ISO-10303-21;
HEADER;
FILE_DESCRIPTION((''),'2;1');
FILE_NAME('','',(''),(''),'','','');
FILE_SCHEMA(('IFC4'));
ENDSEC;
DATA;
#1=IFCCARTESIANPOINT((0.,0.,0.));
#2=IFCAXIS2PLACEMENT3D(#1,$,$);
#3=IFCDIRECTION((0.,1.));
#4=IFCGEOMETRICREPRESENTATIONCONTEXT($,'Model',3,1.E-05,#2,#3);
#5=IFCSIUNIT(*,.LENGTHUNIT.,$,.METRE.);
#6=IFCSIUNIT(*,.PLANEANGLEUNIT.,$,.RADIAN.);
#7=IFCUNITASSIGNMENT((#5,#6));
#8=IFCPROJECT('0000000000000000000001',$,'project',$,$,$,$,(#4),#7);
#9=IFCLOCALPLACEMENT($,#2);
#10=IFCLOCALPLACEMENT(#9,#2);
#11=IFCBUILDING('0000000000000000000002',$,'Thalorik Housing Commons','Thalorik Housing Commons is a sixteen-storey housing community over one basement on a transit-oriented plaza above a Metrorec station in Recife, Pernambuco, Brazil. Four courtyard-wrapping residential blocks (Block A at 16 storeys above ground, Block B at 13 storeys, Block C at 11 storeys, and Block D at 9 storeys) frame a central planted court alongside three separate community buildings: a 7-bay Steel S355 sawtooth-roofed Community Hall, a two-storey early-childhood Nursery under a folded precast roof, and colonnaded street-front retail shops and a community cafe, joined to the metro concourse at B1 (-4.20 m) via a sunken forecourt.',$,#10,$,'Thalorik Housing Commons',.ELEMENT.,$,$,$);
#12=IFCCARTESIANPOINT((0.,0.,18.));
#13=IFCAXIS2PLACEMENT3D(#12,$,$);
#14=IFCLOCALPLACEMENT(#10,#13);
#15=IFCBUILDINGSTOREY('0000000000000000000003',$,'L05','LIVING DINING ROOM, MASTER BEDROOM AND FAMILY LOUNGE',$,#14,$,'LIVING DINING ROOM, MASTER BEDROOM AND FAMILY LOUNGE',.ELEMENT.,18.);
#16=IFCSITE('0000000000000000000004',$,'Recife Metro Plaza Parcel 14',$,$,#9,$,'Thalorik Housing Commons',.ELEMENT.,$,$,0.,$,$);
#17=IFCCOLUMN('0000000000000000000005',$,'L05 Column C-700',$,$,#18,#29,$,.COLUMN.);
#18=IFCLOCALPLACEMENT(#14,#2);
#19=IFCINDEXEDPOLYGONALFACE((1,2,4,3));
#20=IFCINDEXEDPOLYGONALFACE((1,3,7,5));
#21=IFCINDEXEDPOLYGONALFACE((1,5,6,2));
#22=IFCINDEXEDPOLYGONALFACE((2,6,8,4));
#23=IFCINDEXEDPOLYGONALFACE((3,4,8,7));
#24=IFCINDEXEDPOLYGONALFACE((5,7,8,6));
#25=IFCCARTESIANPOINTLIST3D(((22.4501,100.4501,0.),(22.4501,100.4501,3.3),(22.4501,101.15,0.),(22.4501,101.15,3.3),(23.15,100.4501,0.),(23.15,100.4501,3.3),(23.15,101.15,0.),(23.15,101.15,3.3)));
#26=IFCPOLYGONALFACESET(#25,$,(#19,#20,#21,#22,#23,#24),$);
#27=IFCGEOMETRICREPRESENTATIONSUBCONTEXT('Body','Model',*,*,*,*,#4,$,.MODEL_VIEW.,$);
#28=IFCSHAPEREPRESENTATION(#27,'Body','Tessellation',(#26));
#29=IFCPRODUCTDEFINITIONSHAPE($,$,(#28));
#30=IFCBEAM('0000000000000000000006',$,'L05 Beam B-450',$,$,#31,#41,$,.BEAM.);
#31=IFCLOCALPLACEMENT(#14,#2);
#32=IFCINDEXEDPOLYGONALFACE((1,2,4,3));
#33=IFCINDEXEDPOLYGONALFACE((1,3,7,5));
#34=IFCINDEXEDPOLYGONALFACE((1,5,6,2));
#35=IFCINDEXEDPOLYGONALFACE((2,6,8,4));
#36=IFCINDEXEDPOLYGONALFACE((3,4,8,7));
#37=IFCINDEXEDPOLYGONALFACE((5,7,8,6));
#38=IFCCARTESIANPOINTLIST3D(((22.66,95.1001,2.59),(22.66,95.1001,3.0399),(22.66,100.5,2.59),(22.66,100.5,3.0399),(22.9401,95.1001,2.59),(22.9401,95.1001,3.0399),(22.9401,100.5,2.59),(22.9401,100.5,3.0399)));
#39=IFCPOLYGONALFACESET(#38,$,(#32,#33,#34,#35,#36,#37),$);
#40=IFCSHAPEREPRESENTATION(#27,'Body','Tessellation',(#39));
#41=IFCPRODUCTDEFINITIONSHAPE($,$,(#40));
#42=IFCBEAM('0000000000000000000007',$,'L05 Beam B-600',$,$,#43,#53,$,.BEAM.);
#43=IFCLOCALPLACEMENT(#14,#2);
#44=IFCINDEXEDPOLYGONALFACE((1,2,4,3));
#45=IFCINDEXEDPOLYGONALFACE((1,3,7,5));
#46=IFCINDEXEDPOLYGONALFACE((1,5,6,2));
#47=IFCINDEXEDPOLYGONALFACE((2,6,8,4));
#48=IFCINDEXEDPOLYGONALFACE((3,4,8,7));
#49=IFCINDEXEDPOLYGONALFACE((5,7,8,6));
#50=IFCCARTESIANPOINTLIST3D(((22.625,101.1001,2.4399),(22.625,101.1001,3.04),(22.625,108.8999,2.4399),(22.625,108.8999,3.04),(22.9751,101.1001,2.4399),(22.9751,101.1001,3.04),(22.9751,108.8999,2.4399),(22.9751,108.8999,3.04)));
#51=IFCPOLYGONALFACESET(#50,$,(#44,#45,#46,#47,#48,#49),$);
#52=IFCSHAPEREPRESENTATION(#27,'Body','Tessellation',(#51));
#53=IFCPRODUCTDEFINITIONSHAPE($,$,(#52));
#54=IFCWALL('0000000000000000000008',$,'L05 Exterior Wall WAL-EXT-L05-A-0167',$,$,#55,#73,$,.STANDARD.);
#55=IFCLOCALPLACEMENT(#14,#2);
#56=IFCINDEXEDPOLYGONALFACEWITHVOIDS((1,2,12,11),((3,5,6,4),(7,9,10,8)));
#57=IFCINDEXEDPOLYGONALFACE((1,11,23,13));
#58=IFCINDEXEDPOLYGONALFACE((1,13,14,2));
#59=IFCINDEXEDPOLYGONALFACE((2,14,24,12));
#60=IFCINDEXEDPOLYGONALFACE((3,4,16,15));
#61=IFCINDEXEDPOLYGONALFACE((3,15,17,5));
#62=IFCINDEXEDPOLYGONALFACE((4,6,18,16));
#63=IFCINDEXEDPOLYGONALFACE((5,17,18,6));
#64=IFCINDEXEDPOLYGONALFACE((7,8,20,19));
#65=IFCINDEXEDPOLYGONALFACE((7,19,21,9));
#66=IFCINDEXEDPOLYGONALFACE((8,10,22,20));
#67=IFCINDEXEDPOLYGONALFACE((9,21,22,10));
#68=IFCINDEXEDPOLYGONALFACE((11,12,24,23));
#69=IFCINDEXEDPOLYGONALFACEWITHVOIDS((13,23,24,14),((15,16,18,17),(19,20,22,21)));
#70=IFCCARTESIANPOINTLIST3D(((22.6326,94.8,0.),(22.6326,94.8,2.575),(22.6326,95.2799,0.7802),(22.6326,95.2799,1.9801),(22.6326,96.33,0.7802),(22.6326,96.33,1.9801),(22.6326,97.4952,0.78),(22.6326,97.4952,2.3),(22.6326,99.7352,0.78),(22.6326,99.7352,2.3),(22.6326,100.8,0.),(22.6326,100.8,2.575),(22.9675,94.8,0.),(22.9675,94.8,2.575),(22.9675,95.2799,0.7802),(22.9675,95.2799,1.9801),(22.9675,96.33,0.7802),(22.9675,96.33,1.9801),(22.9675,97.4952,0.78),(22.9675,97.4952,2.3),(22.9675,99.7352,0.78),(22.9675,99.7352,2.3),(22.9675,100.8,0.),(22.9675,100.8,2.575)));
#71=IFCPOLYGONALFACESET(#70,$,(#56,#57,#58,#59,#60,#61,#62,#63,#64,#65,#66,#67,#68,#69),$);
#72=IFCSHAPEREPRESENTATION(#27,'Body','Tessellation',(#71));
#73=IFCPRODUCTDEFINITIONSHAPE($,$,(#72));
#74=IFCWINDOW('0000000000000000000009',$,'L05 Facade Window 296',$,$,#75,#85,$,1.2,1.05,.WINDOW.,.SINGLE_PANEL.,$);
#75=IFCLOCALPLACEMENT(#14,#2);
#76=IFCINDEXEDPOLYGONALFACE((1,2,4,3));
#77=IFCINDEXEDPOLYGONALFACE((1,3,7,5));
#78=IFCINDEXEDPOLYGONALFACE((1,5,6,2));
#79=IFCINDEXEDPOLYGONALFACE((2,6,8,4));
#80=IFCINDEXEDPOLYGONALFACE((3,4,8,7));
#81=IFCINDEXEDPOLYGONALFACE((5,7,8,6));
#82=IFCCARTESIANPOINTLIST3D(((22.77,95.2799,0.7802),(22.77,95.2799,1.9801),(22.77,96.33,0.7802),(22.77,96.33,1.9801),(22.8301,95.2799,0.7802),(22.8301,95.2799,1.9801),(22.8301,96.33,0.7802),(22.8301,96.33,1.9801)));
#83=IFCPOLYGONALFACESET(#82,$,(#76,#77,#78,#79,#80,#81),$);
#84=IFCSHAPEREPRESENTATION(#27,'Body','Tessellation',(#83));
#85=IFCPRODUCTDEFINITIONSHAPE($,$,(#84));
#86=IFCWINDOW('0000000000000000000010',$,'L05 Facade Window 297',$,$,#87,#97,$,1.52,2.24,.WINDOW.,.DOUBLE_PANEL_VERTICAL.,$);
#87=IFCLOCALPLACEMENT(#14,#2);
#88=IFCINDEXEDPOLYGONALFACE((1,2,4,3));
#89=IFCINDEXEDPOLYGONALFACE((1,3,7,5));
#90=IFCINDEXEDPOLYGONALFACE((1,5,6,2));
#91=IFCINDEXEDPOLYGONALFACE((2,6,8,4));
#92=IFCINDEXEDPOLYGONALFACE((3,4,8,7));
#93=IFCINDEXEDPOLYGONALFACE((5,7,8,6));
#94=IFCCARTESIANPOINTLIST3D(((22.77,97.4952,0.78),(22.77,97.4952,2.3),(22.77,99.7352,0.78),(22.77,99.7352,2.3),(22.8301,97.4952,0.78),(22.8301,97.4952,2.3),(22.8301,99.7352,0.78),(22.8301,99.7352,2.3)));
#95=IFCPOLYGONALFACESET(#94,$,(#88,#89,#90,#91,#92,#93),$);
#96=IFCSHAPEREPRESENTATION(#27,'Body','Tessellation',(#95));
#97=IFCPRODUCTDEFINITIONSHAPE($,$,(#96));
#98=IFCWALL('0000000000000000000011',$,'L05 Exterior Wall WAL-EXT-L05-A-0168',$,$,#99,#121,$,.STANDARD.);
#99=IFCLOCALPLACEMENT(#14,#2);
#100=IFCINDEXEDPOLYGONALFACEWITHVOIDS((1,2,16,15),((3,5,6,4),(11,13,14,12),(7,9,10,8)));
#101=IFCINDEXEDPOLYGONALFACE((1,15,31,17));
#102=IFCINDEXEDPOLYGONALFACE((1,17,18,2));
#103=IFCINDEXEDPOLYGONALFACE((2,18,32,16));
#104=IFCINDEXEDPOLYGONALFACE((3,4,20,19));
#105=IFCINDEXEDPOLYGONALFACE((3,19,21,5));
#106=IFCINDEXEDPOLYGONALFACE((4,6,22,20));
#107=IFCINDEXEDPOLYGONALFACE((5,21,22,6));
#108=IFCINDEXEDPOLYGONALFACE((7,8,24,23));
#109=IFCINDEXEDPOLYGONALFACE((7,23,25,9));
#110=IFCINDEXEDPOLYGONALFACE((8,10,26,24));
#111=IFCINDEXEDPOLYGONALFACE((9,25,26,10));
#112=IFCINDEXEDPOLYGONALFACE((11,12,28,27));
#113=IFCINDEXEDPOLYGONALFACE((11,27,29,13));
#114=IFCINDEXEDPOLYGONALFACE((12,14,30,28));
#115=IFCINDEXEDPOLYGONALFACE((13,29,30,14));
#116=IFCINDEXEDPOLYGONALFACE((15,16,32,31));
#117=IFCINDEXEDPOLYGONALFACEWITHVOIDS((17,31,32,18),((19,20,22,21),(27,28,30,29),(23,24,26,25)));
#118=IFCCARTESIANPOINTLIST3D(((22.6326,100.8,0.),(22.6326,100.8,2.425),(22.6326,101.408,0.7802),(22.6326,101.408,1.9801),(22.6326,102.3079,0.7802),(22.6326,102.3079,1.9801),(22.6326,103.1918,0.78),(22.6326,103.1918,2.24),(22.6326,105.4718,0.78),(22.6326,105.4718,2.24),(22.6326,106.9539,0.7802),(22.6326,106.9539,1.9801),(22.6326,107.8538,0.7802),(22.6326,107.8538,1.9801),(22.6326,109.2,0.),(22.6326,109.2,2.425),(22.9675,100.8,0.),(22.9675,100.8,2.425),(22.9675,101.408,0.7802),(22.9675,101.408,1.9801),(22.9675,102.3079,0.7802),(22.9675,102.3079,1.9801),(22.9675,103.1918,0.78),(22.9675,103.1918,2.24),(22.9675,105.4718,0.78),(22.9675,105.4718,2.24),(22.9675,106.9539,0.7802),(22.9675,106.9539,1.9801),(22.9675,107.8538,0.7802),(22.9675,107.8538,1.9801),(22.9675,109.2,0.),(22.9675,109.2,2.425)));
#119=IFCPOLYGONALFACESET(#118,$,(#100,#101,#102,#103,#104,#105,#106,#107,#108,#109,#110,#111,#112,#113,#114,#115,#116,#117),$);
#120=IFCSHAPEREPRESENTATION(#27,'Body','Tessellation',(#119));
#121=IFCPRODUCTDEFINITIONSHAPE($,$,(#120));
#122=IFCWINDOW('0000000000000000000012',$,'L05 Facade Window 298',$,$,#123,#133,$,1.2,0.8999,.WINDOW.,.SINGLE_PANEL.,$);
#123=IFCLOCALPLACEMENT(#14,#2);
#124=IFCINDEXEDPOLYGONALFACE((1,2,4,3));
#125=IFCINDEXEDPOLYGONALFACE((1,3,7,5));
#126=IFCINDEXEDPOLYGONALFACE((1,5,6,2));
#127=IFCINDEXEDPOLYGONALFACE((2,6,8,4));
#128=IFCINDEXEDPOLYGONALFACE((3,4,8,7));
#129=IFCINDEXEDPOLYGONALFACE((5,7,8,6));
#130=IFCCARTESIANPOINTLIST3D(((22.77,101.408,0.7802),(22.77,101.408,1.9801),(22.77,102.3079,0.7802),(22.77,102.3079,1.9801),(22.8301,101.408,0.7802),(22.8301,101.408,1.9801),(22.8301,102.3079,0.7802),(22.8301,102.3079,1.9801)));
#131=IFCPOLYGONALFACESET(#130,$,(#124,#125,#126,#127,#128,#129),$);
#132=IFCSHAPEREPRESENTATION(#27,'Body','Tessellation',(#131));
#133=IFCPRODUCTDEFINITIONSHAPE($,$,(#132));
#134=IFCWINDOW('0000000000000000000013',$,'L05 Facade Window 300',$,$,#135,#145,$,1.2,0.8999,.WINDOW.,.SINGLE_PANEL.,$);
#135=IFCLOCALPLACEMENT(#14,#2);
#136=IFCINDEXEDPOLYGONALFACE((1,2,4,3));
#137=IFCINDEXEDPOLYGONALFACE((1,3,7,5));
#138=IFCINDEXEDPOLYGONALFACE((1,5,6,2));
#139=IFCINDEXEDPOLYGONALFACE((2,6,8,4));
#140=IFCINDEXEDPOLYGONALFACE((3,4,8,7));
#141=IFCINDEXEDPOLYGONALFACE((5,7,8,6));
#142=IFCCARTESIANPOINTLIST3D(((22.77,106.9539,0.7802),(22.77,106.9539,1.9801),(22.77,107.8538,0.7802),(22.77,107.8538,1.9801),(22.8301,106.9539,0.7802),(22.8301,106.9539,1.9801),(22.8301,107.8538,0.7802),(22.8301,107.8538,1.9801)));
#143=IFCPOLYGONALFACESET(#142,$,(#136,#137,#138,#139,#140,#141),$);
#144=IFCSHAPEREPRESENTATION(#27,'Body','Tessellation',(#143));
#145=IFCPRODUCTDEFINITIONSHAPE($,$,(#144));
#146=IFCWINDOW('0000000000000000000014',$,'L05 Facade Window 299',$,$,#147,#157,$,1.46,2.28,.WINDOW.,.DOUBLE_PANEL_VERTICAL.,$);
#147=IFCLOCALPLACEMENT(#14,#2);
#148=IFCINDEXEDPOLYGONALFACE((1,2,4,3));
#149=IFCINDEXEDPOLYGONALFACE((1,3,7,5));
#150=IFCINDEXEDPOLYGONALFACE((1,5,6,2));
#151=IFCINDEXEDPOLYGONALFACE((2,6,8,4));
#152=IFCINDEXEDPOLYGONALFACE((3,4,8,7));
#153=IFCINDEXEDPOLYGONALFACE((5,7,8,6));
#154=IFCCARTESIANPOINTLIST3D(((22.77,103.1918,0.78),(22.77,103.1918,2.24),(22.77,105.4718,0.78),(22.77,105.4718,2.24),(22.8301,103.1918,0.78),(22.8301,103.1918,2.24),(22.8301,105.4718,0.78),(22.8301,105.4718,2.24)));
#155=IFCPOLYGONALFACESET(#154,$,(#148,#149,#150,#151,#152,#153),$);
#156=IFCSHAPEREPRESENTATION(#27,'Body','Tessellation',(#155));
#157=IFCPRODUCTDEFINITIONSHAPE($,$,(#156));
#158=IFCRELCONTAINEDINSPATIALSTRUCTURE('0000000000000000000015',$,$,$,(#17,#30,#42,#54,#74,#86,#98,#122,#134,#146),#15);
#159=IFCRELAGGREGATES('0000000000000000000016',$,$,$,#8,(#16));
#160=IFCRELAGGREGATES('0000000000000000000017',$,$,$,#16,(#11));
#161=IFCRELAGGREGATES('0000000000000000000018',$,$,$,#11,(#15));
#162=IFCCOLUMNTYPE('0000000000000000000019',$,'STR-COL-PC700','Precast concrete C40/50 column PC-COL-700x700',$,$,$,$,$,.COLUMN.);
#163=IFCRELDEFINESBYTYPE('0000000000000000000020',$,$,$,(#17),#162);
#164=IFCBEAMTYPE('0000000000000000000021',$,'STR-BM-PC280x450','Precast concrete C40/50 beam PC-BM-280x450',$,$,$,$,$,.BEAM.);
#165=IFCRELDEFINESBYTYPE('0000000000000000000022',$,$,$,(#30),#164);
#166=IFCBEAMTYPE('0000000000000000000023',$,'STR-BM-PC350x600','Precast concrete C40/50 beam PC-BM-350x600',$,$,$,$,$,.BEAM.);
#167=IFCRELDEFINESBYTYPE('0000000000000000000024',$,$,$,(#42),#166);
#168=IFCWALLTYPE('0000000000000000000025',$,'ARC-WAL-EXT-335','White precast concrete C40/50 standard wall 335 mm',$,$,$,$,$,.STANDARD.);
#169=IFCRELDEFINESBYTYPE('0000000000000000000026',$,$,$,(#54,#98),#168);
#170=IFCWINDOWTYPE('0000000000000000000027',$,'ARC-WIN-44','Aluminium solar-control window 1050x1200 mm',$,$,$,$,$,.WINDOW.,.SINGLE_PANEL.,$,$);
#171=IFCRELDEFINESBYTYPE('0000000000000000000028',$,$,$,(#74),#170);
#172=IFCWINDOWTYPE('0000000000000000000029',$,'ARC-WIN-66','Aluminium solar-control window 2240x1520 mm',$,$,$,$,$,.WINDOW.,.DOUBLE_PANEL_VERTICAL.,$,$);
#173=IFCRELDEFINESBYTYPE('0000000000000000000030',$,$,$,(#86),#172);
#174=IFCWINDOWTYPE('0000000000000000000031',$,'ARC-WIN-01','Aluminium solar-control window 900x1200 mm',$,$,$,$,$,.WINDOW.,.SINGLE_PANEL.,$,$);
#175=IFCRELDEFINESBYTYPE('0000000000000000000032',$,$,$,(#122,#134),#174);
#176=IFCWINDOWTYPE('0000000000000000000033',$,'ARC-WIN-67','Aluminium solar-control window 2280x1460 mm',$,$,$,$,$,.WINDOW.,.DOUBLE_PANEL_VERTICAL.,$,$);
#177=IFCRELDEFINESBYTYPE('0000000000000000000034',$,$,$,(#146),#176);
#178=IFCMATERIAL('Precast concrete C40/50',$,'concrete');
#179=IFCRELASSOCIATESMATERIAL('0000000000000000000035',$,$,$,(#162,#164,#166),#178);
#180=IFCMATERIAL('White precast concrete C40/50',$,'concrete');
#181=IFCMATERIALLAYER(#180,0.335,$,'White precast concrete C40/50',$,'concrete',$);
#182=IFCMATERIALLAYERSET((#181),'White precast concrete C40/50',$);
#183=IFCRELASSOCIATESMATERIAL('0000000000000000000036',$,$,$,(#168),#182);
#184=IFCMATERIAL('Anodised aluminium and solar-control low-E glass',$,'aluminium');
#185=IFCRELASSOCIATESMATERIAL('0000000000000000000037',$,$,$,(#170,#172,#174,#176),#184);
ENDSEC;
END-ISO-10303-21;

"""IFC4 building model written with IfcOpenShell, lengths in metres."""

from ifc_helpers import new_model, si_unit, direction, frame, frame_2d, origin, origin_2d, place, context, subcontext, project, spatial, rectangle, extrude, material, layer, layer_set, material_profile, profile_set, type_object, element, fill, save


model = new_model("IFC4")

# Units and contexts
model_context = context("Model", 3, precision=1e-05, world=origin(), true_north=direction((0.0, 1.0)))
body_context = subcontext(model_context, "Body", "Model", "MODEL_VIEW")
ifc_project = project(units=[si_unit("LENGTHUNIT", "METRE"), si_unit("PLANEANGLEUNIT", "RADIAN")], contexts=[model_context])

# Site, building, storey
site_placement = place(None, origin())
site = spatial("IfcSite", under=ifc_project, at=site_placement, Name="Recife Metro Plaza Parcel 14", LongName="Thalorik Housing Commons", CompositionType="ELEMENT", RefElevation=0.0)
building_placement = place(site_placement, origin())
building = spatial("IfcBuilding", under=site, at=building_placement, Name="Thalorik Housing Commons", Description="Thalorik Housing Commons is a sixteen-storey housing community over one basement on a transit-oriented plaza above a Metrorec station in Recife, Pernambuco, Brazil. Four courtyard-wrapping residential blocks (Block A at 16 storeys above ground, Block B at 13 storeys, Block C at 11 storeys, and Block D at 9 storeys) frame a central planted court alongside three separate community buildings: a 7-bay Steel S355 sawtooth-roofed Community Hall, a two-storey early-childhood Nursery under a folded precast roof, and colonnaded street-front retail shops and a community cafe, joined to the metro concourse at B1 (-4.20 m) via a sunken forecourt.", LongName="Thalorik Housing Commons", CompositionType="ELEMENT")
storey_placement = place(building_placement, frame((0.0, 0.0, 18.0)))
storey = spatial("IfcBuildingStorey", under=building, at=storey_placement, Name="L05", Description="LIVING DINING ROOM, MASTER BEDROOM AND FAMILY LOUNGE", LongName="LIVING DINING ROOM, MASTER BEDROOM AND FAMILY LOUNGE", CompositionType="ELEMENT", Elevation=18.0)

# Column
ifc_material_1 = material(Name="Precast concrete C40/50", Category="concrete")
ifc_material_profile_1 = material_profile(ifc_material_1, rectangle(XDim=0.7, YDim=0.7, at=origin_2d()), Name="PC 700x700", Category="concrete")
ifc_profile_set_1 = profile_set([ifc_material_profile_1], Name="Precast concrete C40/50")
column_type = type_object("IfcColumnType", Name="STR-COL-PC700", Description="Precast concrete C40/50 column PC-COL-700x700", PredefinedType="COLUMN", material=ifc_profile_set_1)
column_placement = place(storey_placement, frame((22.8, 100.8, 0.0), z_axis=(0.0, 0.0, 1.0), x_axis=(1.0, 0.0, 0.0)))
element("IfcColumn", 1, at=column_placement, inside=storey, type_object=column_type, Name="L05 Column C-700", PredefinedType="COLUMN", context=body_context, shape_type="SweptSolid", body=[
    extrude(rectangle(XDim=0.7, YDim=0.7, at=origin_2d()), origin(), (0.0, 0.0, 1.0), 3.3),
])

# Beams
ifc_material_profile_2 = material_profile(ifc_material_1, rectangle(XDim=0.28, YDim=0.45, at=origin_2d()), Name="PC 280x450", Category="concrete")
ifc_profile_set_2 = profile_set([ifc_material_profile_2], Name="Precast concrete C40/50")
beam_type_1 = type_object("IfcBeamType", Name="STR-BM-PC280x450", Description="Precast concrete C40/50 beam PC-BM-280x450", PredefinedType="BEAM", material=ifc_profile_set_2)
beam_1_placement = place(storey_placement, frame((22.8, 95.1001, 2.8149), z_axis=(0.0, 1.0, 0.0), x_axis=(-1.0, 0.0, 0.0)))
element("IfcBeam", 2, at=beam_1_placement, inside=storey, type_object=beam_type_1, Name="L05 Beam B-450", PredefinedType="BEAM", context=body_context, shape_type="SweptSolid", body=[
    extrude(rectangle(XDim=0.28, YDim=0.45, at=origin_2d()), origin(), (0.0, 0.0, 1.0), 5.3999),
])
ifc_material_profile_3 = material_profile(ifc_material_1, rectangle(XDim=0.3501, YDim=0.6001, at=origin_2d()), Name="PC 350x600", Category="concrete")
ifc_profile_set_3 = profile_set([ifc_material_profile_3], Name="Precast concrete C40/50")
beam_type_2 = type_object("IfcBeamType", Name="STR-BM-PC350x600", Description="Precast concrete C40/50 beam PC-BM-350x600", PredefinedType="BEAM", material=ifc_profile_set_3)
beam_2_placement = place(storey_placement, frame((22.8, 101.1001, 2.74), z_axis=(0.0, 1.0, 0.0), x_axis=(-1.0, 0.0, 0.0)))
element("IfcBeam", 3, at=beam_2_placement, inside=storey, type_object=beam_type_2, Name="L05 Beam B-600", PredefinedType="BEAM", context=body_context, shape_type="SweptSolid", body=[
    extrude(rectangle(XDim=0.3501, YDim=0.6001, at=origin_2d()), origin(), (0.0, 0.0, 1.0), 7.7998),
])

# Walls, openings, windows
ifc_material_2 = material(Name="White precast concrete C40/50", Category="concrete")
ifc_layer_1 = layer(ifc_material_2, 0.335, Name="White precast concrete C40/50", Category="concrete")
ifc_layer_set_1 = layer_set([ifc_layer_1], Name="White precast concrete C40/50")
wall_type = type_object("IfcWallType", Name="ARC-WAL-EXT-335", Description="White precast concrete C40/50 standard wall 335 mm", PredefinedType="STANDARD", material=ifc_layer_set_1)
wall_1_placement = place(storey_placement, frame((22.8, 94.8, 0.0), z_axis=(0.0, 0.0, 1.0), x_axis=(0.0, 1.0, 0.0)))
wall_1 = element("IfcWall", 4, at=wall_1_placement, inside=storey, type_object=wall_type, Name="L05 Exterior Wall WAL-EXT-L05-A-0167", PredefinedType="STANDARD", context=body_context, shape_type="SweptSolid", body=[
    extrude(rectangle(XDim=6.0, YDim=0.335, at=frame_2d((3.0, 0.0))), origin(), (0.0, 0.0, 1.0), 2.575),
])
opening_1_placement = place(wall_1_placement, frame((0.48, 0.0, 0.78)))
opening_1 = element("IfcOpeningElement", 5, at=opening_1_placement, cuts=wall_1, PredefinedType="OPENING", context=body_context, shape_type="SweptSolid", body=[
    extrude(rectangle(XDim=1.05, YDim=1.2, at=frame_2d((0.5249, 0.6001))), frame((0.0, 0.1775, 0.0), z_axis=(0.0, -1.0, 0.0), x_axis=(1.0, 0.0, 0.0)), (0.0, 0.0, 1.0), 0.355),
])
opening_2_placement = place(wall_1_placement, frame((2.6951, 0.0, 0.78)))
opening_2 = element("IfcOpeningElement", 6, at=opening_2_placement, cuts=wall_1, PredefinedType="OPENING", context=body_context, shape_type="SweptSolid", body=[
    extrude(rectangle(XDim=2.24, YDim=1.52, at=frame_2d((1.1201, 0.76))), frame((0.0, 0.1775, 0.0), z_axis=(0.0, -1.0, 0.0), x_axis=(1.0, 0.0, 0.0)), (0.0, 0.0, 1.0), 0.355),
])
ifc_material_3 = material(Name="Anodised aluminium and solar-control low-E glass", Category="aluminium")
window_type_1 = type_object("IfcWindowType", Name="ARC-WIN-44", Description="Aluminium solar-control window 1050x1200 mm", PartitioningType="SINGLE_PANEL", PredefinedType="WINDOW", material=ifc_material_3)
window_1_placement = place(opening_1_placement, origin())
window_1 = element("IfcWindow", 7, at=window_1_placement, inside=storey, type_object=window_type_1, Name="L05 Facade Window 296", OverallHeight=1.2, OverallWidth=1.05, PartitioningType="SINGLE_PANEL", PredefinedType="WINDOW", context=body_context, shape_type="SweptSolid", body=[
    extrude(rectangle(XDim=1.05, YDim=1.2, at=frame_2d((0.5249, 0.6001))), frame((0.0, 0.03, 0.0), z_axis=(0.0, -1.0, 0.0), x_axis=(1.0, 0.0, 0.0)), (0.0, 0.0, 1.0), 0.0601),
])
fill(opening_1, window_1)
window_type_2 = type_object("IfcWindowType", Name="ARC-WIN-66", Description="Aluminium solar-control window 2240x1520 mm", PartitioningType="DOUBLE_PANEL_VERTICAL", PredefinedType="WINDOW", material=ifc_material_3)
window_2_placement = place(opening_2_placement, origin())
window_2 = element("IfcWindow", 8, at=window_2_placement, inside=storey, type_object=window_type_2, Name="L05 Facade Window 297", OverallHeight=1.52, OverallWidth=2.24, PartitioningType="DOUBLE_PANEL_VERTICAL", PredefinedType="WINDOW", context=body_context, shape_type="SweptSolid", body=[
    extrude(rectangle(XDim=2.24, YDim=1.52, at=frame_2d((1.1201, 0.76))), frame((0.0, 0.03, 0.0), z_axis=(0.0, -1.0, 0.0), x_axis=(1.0, 0.0, 0.0)), (0.0, 0.0, 1.0), 0.0601),
])
fill(opening_2, window_2)
wall_2_placement = place(storey_placement, frame((22.8, 100.8, 0.0), z_axis=(0.0, 0.0, 1.0), x_axis=(0.0, 1.0, 0.0)))
wall_2 = element("IfcWall", 9, at=wall_2_placement, inside=storey, type_object=wall_type, Name="L05 Exterior Wall WAL-EXT-L05-A-0168", PredefinedType="STANDARD", context=body_context, shape_type="SweptSolid", body=[
    extrude(rectangle(XDim=8.3999, YDim=0.335, at=frame_2d((4.2, 0.0))), origin(), (0.0, 0.0, 1.0), 2.425),
])
opening_3_placement = place(wall_2_placement, frame((0.6079, 0.0, 0.78)))
opening_3 = element("IfcOpeningElement", 10, at=opening_3_placement, cuts=wall_2, PredefinedType="OPENING", context=body_context, shape_type="SweptSolid", body=[
    extrude(rectangle(XDim=0.8999, YDim=1.2, at=frame_2d((0.45, 0.6001))), frame((0.0, 0.1775, 0.0), z_axis=(0.0, -1.0, 0.0), x_axis=(1.0, 0.0, 0.0)), (0.0, 0.0, 1.0), 0.355),
])
opening_4_placement = place(wall_2_placement, frame((2.3916, 0.0, 0.78)))
opening_4 = element("IfcOpeningElement", 11, at=opening_4_placement, cuts=wall_2, PredefinedType="OPENING", context=body_context, shape_type="SweptSolid", body=[
    extrude(rectangle(XDim=2.28, YDim=1.46, at=frame_2d((1.1401, 0.73))), frame((0.0, 0.1775, 0.0), z_axis=(0.0, -1.0, 0.0), x_axis=(1.0, 0.0, 0.0)), (0.0, 0.0, 1.0), 0.355),
])
opening_5_placement = place(wall_2_placement, frame((6.1538, 0.0, 0.78)))
opening_5 = element("IfcOpeningElement", 12, at=opening_5_placement, cuts=wall_2, PredefinedType="OPENING", context=body_context, shape_type="SweptSolid", body=[
    extrude(rectangle(XDim=0.8999, YDim=1.2, at=frame_2d((0.45, 0.6001))), frame((0.0, 0.1775, 0.0), z_axis=(0.0, -1.0, 0.0), x_axis=(1.0, 0.0, 0.0)), (0.0, 0.0, 1.0), 0.355),
])
window_type_3 = type_object("IfcWindowType", Name="ARC-WIN-01", Description="Aluminium solar-control window 900x1200 mm", PartitioningType="SINGLE_PANEL", PredefinedType="WINDOW", material=ifc_material_3)
window_3_placement = place(opening_3_placement, origin())
window_3 = element("IfcWindow", 13, at=window_3_placement, inside=storey, type_object=window_type_3, Name="L05 Facade Window 298", OverallHeight=1.2, OverallWidth=0.8999, PartitioningType="SINGLE_PANEL", PredefinedType="WINDOW", context=body_context, shape_type="SweptSolid", body=[
    extrude(rectangle(XDim=0.8999, YDim=1.2, at=frame_2d((0.45, 0.6001))), frame((0.0, 0.03, 0.0), z_axis=(0.0, -1.0, 0.0), x_axis=(1.0, 0.0, 0.0)), (0.0, 0.0, 1.0), 0.0601),
])
fill(opening_3, window_3)
window_4_placement = place(opening_5_placement, origin())
window_4 = element("IfcWindow", 14, at=window_4_placement, inside=storey, type_object=window_type_3, Name="L05 Facade Window 300", OverallHeight=1.2, OverallWidth=0.8999, PartitioningType="SINGLE_PANEL", PredefinedType="WINDOW", context=body_context, shape_type="SweptSolid", body=[
    extrude(rectangle(XDim=0.8999, YDim=1.2, at=frame_2d((0.45, 0.6001))), frame((0.0, 0.03, 0.0), z_axis=(0.0, -1.0, 0.0), x_axis=(1.0, 0.0, 0.0)), (0.0, 0.0, 1.0), 0.0601),
])
fill(opening_5, window_4)
window_type_4 = type_object("IfcWindowType", Name="ARC-WIN-67", Description="Aluminium solar-control window 2280x1460 mm", PartitioningType="DOUBLE_PANEL_VERTICAL", PredefinedType="WINDOW", material=ifc_material_3)
window_5_placement = place(opening_4_placement, origin())
window_5 = element("IfcWindow", 15, at=window_5_placement, inside=storey, type_object=window_type_4, Name="L05 Facade Window 299", OverallHeight=1.46, OverallWidth=2.28, PartitioningType="DOUBLE_PANEL_VERTICAL", PredefinedType="WINDOW", context=body_context, shape_type="SweptSolid", body=[
    extrude(rectangle(XDim=2.28, YDim=1.46, at=frame_2d((1.1401, 0.73))), frame((0.0, 0.03, 0.0), z_axis=(0.0, -1.0, 0.0), x_axis=(1.0, 0.0, 0.0)), (0.0, 0.0, 1.0), 0.0601),
])
fill(opening_4, window_5)

save(model, "model.ifc")
